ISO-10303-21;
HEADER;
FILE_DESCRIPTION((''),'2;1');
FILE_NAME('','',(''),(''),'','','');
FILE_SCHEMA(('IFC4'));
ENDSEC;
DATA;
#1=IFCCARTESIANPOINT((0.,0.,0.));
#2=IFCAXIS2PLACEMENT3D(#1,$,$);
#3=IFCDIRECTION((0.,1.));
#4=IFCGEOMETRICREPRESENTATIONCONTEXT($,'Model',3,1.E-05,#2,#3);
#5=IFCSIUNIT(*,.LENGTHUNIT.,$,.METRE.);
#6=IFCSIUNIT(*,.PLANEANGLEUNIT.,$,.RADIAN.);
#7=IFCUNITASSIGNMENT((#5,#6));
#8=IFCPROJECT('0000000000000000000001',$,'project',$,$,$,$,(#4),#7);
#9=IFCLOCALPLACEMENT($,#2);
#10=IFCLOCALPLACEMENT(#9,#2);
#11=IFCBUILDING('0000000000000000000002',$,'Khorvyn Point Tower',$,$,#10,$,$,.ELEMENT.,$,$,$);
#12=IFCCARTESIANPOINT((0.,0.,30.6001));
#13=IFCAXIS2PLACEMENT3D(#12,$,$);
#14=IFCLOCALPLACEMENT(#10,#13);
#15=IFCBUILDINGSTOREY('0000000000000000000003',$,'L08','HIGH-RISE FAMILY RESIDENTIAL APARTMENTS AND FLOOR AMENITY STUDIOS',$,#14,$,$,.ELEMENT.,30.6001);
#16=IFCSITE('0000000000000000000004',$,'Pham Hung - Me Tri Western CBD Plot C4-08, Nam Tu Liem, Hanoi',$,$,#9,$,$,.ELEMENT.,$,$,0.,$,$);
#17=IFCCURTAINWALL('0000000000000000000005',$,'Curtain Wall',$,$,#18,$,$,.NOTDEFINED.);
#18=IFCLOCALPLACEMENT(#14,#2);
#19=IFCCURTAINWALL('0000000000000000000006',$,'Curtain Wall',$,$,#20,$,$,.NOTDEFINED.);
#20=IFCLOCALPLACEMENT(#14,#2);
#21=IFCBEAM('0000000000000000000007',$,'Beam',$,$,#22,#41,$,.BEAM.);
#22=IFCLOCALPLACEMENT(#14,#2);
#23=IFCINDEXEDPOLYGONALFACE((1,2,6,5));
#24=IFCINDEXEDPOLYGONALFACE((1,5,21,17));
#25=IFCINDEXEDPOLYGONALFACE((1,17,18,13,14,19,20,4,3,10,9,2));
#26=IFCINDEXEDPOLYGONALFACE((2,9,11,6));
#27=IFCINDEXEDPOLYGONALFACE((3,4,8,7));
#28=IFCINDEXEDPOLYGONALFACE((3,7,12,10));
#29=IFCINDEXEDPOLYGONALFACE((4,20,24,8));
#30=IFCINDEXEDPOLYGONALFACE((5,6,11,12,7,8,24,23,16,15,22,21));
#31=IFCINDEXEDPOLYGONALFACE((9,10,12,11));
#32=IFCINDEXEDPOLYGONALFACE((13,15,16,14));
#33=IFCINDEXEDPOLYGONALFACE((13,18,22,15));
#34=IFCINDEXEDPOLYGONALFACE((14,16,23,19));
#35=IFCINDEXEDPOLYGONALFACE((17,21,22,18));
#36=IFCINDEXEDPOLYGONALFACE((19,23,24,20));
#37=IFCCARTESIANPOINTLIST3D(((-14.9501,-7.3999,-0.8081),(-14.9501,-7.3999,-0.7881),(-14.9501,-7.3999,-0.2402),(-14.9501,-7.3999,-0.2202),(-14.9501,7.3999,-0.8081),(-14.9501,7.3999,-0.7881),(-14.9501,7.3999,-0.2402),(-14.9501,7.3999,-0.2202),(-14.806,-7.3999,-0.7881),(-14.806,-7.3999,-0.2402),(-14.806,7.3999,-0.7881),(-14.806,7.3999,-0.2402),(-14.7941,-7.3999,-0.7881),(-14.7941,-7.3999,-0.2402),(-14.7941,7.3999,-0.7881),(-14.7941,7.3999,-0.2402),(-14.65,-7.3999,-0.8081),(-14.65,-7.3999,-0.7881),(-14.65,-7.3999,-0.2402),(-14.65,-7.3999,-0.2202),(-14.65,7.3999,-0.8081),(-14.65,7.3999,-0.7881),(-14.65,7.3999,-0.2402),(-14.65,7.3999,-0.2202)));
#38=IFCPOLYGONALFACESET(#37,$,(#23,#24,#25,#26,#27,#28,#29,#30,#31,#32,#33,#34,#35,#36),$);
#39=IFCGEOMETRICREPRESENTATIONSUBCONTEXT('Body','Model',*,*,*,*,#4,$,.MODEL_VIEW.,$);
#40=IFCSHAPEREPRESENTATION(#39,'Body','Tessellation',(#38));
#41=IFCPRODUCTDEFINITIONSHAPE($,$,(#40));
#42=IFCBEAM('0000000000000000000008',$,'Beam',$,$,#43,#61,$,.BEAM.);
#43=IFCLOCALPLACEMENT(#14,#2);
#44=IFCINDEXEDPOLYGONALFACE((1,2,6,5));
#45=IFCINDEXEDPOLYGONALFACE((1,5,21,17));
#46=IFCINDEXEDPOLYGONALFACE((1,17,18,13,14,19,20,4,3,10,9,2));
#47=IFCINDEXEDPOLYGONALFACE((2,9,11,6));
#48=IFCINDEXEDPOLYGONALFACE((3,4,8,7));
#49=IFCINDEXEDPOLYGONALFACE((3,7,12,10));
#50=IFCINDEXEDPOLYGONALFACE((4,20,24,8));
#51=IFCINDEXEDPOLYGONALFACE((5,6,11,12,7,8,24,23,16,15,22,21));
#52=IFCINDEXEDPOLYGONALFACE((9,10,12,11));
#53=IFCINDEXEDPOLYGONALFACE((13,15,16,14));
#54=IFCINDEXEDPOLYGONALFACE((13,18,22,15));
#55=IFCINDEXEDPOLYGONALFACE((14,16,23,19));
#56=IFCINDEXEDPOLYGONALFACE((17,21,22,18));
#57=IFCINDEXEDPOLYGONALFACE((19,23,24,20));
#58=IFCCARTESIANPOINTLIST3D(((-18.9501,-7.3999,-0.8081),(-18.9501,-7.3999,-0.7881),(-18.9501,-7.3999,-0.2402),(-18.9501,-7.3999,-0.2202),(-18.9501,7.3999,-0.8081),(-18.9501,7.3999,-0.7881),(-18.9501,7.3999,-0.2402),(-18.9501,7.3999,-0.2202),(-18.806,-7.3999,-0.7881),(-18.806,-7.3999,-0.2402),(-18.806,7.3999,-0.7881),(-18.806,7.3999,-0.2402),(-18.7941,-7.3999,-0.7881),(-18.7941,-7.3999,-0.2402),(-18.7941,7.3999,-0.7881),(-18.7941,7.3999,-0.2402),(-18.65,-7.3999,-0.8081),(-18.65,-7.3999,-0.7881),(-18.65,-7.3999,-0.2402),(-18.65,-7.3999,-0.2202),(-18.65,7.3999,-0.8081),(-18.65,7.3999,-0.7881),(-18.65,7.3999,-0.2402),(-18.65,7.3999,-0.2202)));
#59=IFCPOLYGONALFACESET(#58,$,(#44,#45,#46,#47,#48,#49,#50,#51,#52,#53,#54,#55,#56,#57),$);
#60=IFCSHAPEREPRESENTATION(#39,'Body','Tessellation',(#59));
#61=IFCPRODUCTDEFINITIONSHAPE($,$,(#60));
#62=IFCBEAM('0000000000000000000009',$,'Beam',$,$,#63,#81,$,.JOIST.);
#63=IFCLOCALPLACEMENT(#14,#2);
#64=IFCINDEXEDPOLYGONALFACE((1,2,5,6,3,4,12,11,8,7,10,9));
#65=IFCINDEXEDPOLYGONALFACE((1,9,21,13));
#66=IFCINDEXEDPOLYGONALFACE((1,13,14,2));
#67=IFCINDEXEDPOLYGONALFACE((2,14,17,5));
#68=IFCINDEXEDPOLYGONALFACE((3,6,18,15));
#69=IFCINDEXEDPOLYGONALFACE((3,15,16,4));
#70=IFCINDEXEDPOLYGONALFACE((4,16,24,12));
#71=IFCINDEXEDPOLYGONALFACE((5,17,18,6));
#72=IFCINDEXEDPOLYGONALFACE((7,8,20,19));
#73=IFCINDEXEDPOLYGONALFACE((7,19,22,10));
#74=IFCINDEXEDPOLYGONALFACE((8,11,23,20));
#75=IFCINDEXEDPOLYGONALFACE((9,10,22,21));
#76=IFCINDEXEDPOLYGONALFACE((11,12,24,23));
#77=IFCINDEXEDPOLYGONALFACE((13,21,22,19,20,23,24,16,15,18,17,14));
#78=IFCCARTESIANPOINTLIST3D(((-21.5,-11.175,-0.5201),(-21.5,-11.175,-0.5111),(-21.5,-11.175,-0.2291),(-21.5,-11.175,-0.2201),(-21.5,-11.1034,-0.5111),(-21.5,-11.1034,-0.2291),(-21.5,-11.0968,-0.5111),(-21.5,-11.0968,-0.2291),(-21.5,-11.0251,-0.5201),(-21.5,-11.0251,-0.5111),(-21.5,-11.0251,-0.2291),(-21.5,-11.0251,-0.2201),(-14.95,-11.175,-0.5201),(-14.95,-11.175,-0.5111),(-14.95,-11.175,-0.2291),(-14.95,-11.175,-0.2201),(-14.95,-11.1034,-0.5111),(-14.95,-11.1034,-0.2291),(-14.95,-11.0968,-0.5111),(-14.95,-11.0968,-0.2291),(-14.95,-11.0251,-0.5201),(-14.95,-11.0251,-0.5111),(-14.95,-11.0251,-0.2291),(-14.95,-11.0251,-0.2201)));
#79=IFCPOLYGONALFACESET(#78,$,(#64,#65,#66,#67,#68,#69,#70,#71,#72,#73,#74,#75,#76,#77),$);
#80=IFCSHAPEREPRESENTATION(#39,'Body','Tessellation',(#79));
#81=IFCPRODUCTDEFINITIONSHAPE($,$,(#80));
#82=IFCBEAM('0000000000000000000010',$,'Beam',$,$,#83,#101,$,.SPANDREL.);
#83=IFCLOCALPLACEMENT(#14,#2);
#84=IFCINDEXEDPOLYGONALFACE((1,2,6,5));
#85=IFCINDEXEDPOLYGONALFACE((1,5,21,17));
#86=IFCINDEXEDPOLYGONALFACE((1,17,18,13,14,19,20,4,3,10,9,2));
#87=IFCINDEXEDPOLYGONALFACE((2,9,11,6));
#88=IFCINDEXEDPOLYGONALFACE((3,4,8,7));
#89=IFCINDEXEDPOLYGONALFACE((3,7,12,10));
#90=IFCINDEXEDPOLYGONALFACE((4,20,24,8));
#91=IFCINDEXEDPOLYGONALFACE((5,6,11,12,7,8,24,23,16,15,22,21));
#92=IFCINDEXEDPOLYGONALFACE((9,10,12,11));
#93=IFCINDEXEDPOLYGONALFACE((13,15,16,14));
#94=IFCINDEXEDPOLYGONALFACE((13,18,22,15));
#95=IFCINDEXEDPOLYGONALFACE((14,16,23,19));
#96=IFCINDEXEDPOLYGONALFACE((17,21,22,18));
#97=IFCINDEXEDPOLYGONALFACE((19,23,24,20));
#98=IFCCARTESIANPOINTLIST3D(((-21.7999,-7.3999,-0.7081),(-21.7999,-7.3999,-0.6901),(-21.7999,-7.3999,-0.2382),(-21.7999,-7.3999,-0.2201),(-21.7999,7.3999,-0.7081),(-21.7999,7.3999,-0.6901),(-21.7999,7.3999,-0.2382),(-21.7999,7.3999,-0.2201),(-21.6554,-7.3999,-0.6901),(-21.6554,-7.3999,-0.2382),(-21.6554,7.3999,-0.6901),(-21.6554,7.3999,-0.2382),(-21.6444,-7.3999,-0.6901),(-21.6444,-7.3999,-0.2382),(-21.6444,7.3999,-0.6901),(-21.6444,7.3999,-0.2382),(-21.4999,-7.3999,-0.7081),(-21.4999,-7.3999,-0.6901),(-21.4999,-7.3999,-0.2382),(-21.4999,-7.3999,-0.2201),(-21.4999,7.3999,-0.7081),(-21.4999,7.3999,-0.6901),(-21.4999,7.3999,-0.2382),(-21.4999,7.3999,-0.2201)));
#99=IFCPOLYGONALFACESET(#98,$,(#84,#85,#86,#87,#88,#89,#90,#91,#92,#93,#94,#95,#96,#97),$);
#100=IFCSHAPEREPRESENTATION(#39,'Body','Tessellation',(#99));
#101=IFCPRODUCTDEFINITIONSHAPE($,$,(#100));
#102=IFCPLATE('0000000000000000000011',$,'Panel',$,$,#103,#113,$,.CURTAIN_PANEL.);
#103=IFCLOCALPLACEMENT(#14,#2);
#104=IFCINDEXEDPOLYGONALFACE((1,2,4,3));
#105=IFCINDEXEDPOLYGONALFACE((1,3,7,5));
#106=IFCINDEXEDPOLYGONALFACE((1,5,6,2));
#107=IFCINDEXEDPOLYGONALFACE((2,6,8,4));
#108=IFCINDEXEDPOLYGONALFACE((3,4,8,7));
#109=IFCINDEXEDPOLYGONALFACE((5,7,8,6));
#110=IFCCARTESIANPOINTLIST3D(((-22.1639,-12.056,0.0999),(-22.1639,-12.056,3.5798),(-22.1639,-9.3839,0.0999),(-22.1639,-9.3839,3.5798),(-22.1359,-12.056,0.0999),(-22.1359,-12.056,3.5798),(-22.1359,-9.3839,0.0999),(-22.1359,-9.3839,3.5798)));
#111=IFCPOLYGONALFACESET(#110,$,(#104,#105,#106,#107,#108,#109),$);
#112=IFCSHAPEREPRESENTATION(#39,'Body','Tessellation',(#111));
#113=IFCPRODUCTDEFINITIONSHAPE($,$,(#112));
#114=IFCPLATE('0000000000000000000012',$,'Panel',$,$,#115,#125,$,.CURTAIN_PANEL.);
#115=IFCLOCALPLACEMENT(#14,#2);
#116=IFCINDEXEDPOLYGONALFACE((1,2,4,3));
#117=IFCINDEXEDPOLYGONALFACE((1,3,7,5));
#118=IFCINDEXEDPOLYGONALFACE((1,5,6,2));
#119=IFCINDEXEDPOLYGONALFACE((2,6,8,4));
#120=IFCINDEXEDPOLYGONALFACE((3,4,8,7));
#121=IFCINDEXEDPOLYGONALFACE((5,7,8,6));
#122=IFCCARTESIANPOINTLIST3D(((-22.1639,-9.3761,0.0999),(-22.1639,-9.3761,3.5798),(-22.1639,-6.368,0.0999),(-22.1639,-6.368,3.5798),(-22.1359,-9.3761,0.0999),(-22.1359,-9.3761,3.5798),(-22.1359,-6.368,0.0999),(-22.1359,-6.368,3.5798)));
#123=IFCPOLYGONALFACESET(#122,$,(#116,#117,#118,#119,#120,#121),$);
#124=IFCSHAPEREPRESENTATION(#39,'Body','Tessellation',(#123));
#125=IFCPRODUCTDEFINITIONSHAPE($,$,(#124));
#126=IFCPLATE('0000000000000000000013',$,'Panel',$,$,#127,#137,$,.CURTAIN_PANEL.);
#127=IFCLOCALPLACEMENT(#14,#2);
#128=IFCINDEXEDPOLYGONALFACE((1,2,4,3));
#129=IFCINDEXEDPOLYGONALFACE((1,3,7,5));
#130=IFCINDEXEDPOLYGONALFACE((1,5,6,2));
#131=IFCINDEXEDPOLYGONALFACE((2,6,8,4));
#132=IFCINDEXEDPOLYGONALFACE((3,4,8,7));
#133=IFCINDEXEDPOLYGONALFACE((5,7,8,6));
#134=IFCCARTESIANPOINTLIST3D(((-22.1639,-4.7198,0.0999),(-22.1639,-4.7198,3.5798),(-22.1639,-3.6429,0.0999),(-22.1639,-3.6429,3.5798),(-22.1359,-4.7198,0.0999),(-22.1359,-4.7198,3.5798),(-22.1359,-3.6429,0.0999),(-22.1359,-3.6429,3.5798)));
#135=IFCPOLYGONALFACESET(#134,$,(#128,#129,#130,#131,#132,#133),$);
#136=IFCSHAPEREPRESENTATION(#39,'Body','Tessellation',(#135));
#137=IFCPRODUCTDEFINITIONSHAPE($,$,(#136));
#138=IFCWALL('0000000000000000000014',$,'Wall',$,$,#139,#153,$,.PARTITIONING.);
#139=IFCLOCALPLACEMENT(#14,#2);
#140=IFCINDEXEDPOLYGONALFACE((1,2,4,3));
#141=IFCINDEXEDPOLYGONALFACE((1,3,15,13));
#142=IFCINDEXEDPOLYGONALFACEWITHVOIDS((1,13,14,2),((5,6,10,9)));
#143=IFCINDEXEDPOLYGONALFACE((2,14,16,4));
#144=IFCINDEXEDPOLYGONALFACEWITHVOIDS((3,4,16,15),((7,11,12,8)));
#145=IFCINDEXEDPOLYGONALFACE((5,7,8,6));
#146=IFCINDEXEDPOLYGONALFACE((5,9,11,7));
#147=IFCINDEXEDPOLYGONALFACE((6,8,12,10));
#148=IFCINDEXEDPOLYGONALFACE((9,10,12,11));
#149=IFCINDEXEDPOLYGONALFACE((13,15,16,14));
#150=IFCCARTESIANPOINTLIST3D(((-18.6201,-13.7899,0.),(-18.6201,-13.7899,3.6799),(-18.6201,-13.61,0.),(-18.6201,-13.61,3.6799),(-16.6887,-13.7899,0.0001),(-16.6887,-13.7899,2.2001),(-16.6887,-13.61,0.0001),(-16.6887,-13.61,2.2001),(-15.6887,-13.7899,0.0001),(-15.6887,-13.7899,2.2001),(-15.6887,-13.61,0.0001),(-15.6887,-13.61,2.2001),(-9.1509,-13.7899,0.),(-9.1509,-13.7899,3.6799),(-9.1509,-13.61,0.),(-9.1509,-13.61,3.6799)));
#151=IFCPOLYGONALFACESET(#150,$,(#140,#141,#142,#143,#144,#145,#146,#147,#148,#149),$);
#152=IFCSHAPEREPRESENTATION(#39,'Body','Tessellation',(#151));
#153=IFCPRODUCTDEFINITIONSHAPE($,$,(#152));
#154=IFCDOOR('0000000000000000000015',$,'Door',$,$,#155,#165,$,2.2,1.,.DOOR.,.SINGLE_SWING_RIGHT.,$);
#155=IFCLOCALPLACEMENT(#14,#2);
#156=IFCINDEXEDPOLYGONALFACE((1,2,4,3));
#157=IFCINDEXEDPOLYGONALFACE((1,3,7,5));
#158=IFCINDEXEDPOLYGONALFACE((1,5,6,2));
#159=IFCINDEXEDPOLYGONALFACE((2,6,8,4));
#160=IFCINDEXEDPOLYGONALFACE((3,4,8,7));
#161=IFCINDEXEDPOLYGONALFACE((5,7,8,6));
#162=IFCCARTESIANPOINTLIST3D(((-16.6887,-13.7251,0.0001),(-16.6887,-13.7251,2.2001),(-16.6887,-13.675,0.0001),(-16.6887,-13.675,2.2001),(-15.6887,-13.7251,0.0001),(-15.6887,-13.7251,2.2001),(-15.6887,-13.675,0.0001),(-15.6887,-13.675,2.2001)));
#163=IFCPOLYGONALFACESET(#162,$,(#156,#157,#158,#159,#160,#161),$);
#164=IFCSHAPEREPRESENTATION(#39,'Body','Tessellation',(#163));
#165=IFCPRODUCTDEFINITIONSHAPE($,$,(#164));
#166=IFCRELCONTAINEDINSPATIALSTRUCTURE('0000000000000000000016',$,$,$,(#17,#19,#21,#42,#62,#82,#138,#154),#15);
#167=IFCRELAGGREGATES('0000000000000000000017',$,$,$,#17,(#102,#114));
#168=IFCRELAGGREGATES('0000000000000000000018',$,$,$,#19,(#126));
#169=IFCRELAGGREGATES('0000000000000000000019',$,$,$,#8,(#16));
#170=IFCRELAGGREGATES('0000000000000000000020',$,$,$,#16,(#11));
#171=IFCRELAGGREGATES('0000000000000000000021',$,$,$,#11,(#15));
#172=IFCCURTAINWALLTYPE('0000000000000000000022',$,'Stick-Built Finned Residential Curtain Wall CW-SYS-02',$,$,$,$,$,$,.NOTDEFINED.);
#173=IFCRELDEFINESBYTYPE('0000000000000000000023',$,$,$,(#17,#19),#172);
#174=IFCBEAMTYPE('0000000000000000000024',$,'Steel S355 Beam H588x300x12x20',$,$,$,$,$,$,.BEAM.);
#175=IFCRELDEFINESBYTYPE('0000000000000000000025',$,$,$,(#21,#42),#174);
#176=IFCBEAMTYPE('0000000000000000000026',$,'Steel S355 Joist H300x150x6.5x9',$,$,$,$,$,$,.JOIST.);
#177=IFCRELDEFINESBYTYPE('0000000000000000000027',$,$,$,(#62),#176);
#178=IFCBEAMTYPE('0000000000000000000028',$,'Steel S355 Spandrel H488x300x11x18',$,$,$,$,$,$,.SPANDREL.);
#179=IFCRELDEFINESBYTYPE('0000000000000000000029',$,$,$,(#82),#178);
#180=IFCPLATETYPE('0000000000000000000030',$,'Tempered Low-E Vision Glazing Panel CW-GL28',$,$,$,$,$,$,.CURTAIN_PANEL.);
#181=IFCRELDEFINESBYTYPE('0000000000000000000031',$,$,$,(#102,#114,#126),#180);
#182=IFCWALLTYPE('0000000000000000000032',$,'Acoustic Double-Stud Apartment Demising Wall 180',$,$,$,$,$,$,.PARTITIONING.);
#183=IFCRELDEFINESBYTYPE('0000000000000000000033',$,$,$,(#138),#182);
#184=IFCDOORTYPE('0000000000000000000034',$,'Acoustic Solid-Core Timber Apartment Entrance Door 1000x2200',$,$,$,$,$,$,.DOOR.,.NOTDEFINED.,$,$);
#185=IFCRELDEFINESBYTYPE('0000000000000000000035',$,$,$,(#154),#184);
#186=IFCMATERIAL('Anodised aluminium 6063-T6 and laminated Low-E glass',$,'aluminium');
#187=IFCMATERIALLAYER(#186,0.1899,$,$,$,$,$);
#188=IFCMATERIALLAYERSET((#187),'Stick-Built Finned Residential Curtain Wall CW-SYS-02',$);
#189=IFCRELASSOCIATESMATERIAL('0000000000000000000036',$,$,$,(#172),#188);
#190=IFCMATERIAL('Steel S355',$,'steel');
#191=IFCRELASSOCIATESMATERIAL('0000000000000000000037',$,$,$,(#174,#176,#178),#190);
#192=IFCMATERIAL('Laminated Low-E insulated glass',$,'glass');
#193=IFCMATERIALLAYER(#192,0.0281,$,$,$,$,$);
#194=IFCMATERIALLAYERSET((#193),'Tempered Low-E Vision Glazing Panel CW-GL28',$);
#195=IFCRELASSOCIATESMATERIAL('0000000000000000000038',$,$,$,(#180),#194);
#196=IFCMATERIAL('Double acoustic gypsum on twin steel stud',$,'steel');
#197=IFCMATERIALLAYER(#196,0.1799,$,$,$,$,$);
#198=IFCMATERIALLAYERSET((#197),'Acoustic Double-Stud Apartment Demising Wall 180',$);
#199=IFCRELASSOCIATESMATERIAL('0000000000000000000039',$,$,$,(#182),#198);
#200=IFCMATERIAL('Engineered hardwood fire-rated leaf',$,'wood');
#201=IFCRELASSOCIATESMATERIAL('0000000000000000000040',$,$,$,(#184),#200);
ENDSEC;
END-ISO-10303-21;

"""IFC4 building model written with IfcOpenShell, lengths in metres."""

from ifc_helpers import new_model, si_unit, direction, frame, frame_2d, origin, origin_2d, place, context, subcontext, project, spatial, rectangle, i_section, extrude, material, layer, layer_set, material_profile, profile_set, type_object, element, fill, aggregate, save


model = new_model("IFC4")

# Units and contexts
model_context = context("Model", 3, precision=1e-05, world=origin(), true_north=direction((0.0, 1.0)))
body_context = subcontext(model_context, "Body", "Model", "MODEL_VIEW")
ifc_project = project(units=[si_unit("LENGTHUNIT", "METRE"), si_unit("PLANEANGLEUNIT", "RADIAN")], contexts=[model_context])

# Site, building, storey
site_placement = place(None, origin())
site = spatial("IfcSite", under=ifc_project, at=site_placement, Name="Pham Hung - Me Tri Western CBD Plot C4-08, Nam Tu Liem, Hanoi", CompositionType="ELEMENT", RefElevation=0.0)
building_placement = place(site_placement, origin())
building = spatial("IfcBuilding", under=site, at=building_placement, Name="Khorvyn Point Tower", CompositionType="ELEMENT")
storey_placement = place(building_placement, frame((0.0, 0.0, 30.6001)))
storey = spatial("IfcBuildingStorey", under=building, at=storey_placement, Name="L08", Description="HIGH-RISE FAMILY RESIDENTIAL APARTMENTS AND FLOOR AMENITY STUDIOS", CompositionType="ELEMENT", Elevation=30.6001)

# Curtain wall
ifc_material_1 = material(Name="Anodised aluminium 6063-T6 and laminated Low-E glass", Category="aluminium")
ifc_layer_1 = layer(ifc_material_1, 0.1899)
ifc_layer_set_1 = layer_set([ifc_layer_1], Name="Stick-Built Finned Residential Curtain Wall CW-SYS-02")
curtain_wall_type = type_object("IfcCurtainWallType", Name="Stick-Built Finned Residential Curtain Wall CW-SYS-02", PredefinedType="NOTDEFINED", material=ifc_layer_set_1)
curtain_wall_1_placement = place(storey_placement, origin())
curtain_wall_1 = element("IfcCurtainWall", 1, at=curtain_wall_1_placement, inside=storey, type_object=curtain_wall_type, Name="Curtain Wall", PredefinedType="NOTDEFINED")

# Curtain wall
curtain_wall_2_placement = place(storey_placement, origin())
curtain_wall_2 = element("IfcCurtainWall", 2, at=curtain_wall_2_placement, inside=storey, type_object=curtain_wall_type, Name="Curtain Wall", PredefinedType="NOTDEFINED")

# Beams
ifc_material_2 = material(Name="Steel S355", Category="steel")
ifc_material_profile_1 = material_profile(ifc_material_2, i_section(OverallWidth=0.3, OverallDepth=0.5879, WebThickness=0.012, FlangeThickness=0.02, at=origin_2d()))
ifc_profile_set_1 = profile_set([ifc_material_profile_1], Name="Steel S355 H588x300x12x20")
beam_type_1 = type_object("IfcBeamType", Name="Steel S355 Beam H588x300x12x20", PredefinedType="BEAM", material=ifc_profile_set_1)
for number, where, z_axis, x_axis, name in (
    (3, (-14.8, -7.3999, -0.5142), (0.0, 1.0, 0.0), (-1.0, 0.0, 0.0), "Beam"),
    (4, (-18.8, -7.3999, -0.5142), (0.0, 1.0, 0.0), (-1.0, 0.0, 0.0), "Beam"),
):
    element("IfcBeam", number, at=place(storey_placement, frame(where, z_axis=z_axis, x_axis=x_axis)), inside=storey, type_object=beam_type_1, Name=name, PredefinedType="BEAM", context=body_context, shape_type="SweptSolid", body=[
        extrude(i_section(OverallWidth=0.3, OverallDepth=0.5879, WebThickness=0.012, FlangeThickness=0.02, at=origin_2d()), origin(), (0.0, 0.0, 1.0), 14.7998),
    ])
ifc_material_profile_2 = material_profile(ifc_material_2, i_section(OverallWidth=0.1499, OverallDepth=0.3, WebThickness=0.0066, FlangeThickness=0.009, at=origin_2d()))
ifc_profile_set_2 = profile_set([ifc_material_profile_2], Name="Steel S355 H300x150x6.5x9")
beam_type_2 = type_object("IfcBeamType", Name="Steel S355 Joist H300x150x6.5x9", PredefinedType="JOIST", material=ifc_profile_set_2)
beam_1_placement = place(storey_placement, frame((-21.5, -11.1001, -0.3701), z_axis=(1.0, 0.0, 0.0), x_axis=(0.0, 1.0, 0.0)))
element("IfcBeam", 5, at=beam_1_placement, inside=storey, type_object=beam_type_2, Name="Beam", PredefinedType="JOIST", context=body_context, shape_type="SweptSolid", body=[
    extrude(i_section(OverallWidth=0.1499, OverallDepth=0.3, WebThickness=0.0066, FlangeThickness=0.009, at=origin_2d()), origin(), (0.0, 0.0, 1.0), 6.55),
])
ifc_material_profile_3 = material_profile(ifc_material_2, i_section(OverallWidth=0.3, OverallDepth=0.488, WebThickness=0.011, FlangeThickness=0.0181, at=origin_2d()))
ifc_profile_set_3 = profile_set([ifc_material_profile_3], Name="Steel S355 H488x300x11x18")
beam_type_3 = type_object("IfcBeamType", Name="Steel S355 Spandrel H488x300x11x18", PredefinedType="SPANDREL", material=ifc_profile_set_3)
beam_2_placement = place(storey_placement, frame((-21.6499, -7.3999, -0.4641), z_axis=(0.0, 1.0, 0.0), x_axis=(-1.0, 0.0, 0.0)))
element("IfcBeam", 6, at=beam_2_placement, inside=storey, type_object=beam_type_3, Name="Beam", PredefinedType="SPANDREL", context=body_context, shape_type="SweptSolid", body=[
    extrude(i_section(OverallWidth=0.3, OverallDepth=0.488, WebThickness=0.011, FlangeThickness=0.0181, at=origin_2d()), origin(), (0.0, 0.0, 1.0), 14.7998),
])

# Plates
ifc_material_3 = material(Name="Laminated Low-E insulated glass", Category="glass")
ifc_layer_2 = layer(ifc_material_3, 0.0281)
ifc_layer_set_2 = layer_set([ifc_layer_2], Name="Tempered Low-E Vision Glazing Panel CW-GL28")
plate_type = type_object("IfcPlateType", Name="Tempered Low-E Vision Glazing Panel CW-GL28", PredefinedType="CURTAIN_PANEL", material=ifc_layer_set_2)
plate_1_placement = place(storey_placement, frame((-22.1499, -10.72, 0.0999), z_axis=(0.0, 0.0, 1.0), x_axis=(0.0, 1.0, 0.0)))
plate_1 = element("IfcPlate", 7, at=plate_1_placement, type_object=plate_type, Name="Panel", PredefinedType="CURTAIN_PANEL", context=body_context, shape_type="SweptSolid", body=[
    extrude(rectangle(XDim=2.6721, YDim=0.0281, at=origin_2d()), origin(), (0.0, 0.0, 1.0), 3.48),
])
plate_2_placement = place(storey_placement, frame((-22.1499, -7.8721, 0.0999), z_axis=(0.0, 0.0, 1.0), x_axis=(0.0, 1.0, 0.0)))
plate_2 = element("IfcPlate", 8, at=plate_2_placement, type_object=plate_type, Name="Panel", PredefinedType="CURTAIN_PANEL", context=body_context, shape_type="SweptSolid", body=[
    extrude(rectangle(XDim=3.0081, YDim=0.0281, at=origin_2d()), origin(), (0.0, 0.0, 1.0), 3.48),
])
aggregate(curtain_wall_1, [plate_1, plate_2])
plate_3_placement = place(storey_placement, frame((-22.1499, -4.1814, 0.0999), z_axis=(0.0, 0.0, 1.0), x_axis=(0.0, 1.0, 0.0)))
plate_3 = element("IfcPlate", 9, at=plate_3_placement, type_object=plate_type, Name="Panel", PredefinedType="CURTAIN_PANEL", context=body_context, shape_type="SweptSolid", body=[
    extrude(rectangle(XDim=1.0769, YDim=0.0281, at=origin_2d()), origin(), (0.0, 0.0, 1.0), 3.48),
])
aggregate(curtain_wall_2, [plate_3])

# Wall, opening, door
ifc_material_4 = material(Name="Double acoustic gypsum on twin steel stud", Category="steel")
ifc_layer_3 = layer(ifc_material_4, 0.1799)
ifc_layer_set_3 = layer_set([ifc_layer_3], Name="Acoustic Double-Stud Apartment Demising Wall 180")
wall_type_1 = type_object("IfcWallType", Name="Acoustic Double-Stud Apartment Demising Wall 180", PredefinedType="PARTITIONING", material=ifc_layer_set_3)
wall_1_placement = place(storey_placement, frame((-18.6201, -13.7, 0.0), z_axis=(0.0, 0.0, 1.0), x_axis=(1.0, 0.0, 0.0)))
wall_1 = element("IfcWall", 10, at=wall_1_placement, inside=storey, type_object=wall_type_1, Name="Wall", PredefinedType="PARTITIONING", context=body_context, shape_type="SweptSolid", body=[
    extrude(rectangle(XDim=9.4692, YDim=0.1799, at=frame_2d((4.7346, 0.0))), origin(), (0.0, 0.0, 1.0), 3.6799),
])
opening_1_placement = place(wall_1_placement, frame((1.9314, 0.0, 0.0)))
opening_1 = element("IfcOpeningElement", 11, at=opening_1_placement, cuts=wall_1, PredefinedType="OPENING", context=body_context, shape_type="SweptSolid", body=[
    extrude(rectangle(XDim=1.0, YDim=2.2, at=frame_2d((0.5, 1.1001))), frame((0.0, 0.0999, 0.0), z_axis=(0.0, -1.0, 0.0), x_axis=(1.0, 0.0, 0.0)), (0.0, 0.0, 1.0), 0.2),
])
ifc_material_5 = material(Name="Engineered hardwood fire-rated leaf", Category="wood")
door_type_1 = type_object("IfcDoorType", Name="Acoustic Solid-Core Timber Apartment Entrance Door 1000x2200", OperationType="NOTDEFINED", PredefinedType="DOOR", material=ifc_material_5)
door_1_placement = place(opening_1_placement, origin())
door_1 = element("IfcDoor", 12, at=door_1_placement, inside=storey, type_object=door_type_1, Name="Door", OperationType="SINGLE_SWING_RIGHT", OverallHeight=2.2, OverallWidth=1.0, PredefinedType="DOOR", context=body_context, shape_type="SweptSolid", body=[
    extrude(rectangle(XDim=1.0, YDim=2.2, at=frame_2d((0.5, 1.1001))), frame((0.0, 0.0249, 0.0), z_axis=(0.0, -1.0, 0.0), x_axis=(1.0, 0.0, 0.0)), (0.0, 0.0, 1.0), 0.05),
])
fill(opening_1, door_1)

save(model, "model.ifc")
